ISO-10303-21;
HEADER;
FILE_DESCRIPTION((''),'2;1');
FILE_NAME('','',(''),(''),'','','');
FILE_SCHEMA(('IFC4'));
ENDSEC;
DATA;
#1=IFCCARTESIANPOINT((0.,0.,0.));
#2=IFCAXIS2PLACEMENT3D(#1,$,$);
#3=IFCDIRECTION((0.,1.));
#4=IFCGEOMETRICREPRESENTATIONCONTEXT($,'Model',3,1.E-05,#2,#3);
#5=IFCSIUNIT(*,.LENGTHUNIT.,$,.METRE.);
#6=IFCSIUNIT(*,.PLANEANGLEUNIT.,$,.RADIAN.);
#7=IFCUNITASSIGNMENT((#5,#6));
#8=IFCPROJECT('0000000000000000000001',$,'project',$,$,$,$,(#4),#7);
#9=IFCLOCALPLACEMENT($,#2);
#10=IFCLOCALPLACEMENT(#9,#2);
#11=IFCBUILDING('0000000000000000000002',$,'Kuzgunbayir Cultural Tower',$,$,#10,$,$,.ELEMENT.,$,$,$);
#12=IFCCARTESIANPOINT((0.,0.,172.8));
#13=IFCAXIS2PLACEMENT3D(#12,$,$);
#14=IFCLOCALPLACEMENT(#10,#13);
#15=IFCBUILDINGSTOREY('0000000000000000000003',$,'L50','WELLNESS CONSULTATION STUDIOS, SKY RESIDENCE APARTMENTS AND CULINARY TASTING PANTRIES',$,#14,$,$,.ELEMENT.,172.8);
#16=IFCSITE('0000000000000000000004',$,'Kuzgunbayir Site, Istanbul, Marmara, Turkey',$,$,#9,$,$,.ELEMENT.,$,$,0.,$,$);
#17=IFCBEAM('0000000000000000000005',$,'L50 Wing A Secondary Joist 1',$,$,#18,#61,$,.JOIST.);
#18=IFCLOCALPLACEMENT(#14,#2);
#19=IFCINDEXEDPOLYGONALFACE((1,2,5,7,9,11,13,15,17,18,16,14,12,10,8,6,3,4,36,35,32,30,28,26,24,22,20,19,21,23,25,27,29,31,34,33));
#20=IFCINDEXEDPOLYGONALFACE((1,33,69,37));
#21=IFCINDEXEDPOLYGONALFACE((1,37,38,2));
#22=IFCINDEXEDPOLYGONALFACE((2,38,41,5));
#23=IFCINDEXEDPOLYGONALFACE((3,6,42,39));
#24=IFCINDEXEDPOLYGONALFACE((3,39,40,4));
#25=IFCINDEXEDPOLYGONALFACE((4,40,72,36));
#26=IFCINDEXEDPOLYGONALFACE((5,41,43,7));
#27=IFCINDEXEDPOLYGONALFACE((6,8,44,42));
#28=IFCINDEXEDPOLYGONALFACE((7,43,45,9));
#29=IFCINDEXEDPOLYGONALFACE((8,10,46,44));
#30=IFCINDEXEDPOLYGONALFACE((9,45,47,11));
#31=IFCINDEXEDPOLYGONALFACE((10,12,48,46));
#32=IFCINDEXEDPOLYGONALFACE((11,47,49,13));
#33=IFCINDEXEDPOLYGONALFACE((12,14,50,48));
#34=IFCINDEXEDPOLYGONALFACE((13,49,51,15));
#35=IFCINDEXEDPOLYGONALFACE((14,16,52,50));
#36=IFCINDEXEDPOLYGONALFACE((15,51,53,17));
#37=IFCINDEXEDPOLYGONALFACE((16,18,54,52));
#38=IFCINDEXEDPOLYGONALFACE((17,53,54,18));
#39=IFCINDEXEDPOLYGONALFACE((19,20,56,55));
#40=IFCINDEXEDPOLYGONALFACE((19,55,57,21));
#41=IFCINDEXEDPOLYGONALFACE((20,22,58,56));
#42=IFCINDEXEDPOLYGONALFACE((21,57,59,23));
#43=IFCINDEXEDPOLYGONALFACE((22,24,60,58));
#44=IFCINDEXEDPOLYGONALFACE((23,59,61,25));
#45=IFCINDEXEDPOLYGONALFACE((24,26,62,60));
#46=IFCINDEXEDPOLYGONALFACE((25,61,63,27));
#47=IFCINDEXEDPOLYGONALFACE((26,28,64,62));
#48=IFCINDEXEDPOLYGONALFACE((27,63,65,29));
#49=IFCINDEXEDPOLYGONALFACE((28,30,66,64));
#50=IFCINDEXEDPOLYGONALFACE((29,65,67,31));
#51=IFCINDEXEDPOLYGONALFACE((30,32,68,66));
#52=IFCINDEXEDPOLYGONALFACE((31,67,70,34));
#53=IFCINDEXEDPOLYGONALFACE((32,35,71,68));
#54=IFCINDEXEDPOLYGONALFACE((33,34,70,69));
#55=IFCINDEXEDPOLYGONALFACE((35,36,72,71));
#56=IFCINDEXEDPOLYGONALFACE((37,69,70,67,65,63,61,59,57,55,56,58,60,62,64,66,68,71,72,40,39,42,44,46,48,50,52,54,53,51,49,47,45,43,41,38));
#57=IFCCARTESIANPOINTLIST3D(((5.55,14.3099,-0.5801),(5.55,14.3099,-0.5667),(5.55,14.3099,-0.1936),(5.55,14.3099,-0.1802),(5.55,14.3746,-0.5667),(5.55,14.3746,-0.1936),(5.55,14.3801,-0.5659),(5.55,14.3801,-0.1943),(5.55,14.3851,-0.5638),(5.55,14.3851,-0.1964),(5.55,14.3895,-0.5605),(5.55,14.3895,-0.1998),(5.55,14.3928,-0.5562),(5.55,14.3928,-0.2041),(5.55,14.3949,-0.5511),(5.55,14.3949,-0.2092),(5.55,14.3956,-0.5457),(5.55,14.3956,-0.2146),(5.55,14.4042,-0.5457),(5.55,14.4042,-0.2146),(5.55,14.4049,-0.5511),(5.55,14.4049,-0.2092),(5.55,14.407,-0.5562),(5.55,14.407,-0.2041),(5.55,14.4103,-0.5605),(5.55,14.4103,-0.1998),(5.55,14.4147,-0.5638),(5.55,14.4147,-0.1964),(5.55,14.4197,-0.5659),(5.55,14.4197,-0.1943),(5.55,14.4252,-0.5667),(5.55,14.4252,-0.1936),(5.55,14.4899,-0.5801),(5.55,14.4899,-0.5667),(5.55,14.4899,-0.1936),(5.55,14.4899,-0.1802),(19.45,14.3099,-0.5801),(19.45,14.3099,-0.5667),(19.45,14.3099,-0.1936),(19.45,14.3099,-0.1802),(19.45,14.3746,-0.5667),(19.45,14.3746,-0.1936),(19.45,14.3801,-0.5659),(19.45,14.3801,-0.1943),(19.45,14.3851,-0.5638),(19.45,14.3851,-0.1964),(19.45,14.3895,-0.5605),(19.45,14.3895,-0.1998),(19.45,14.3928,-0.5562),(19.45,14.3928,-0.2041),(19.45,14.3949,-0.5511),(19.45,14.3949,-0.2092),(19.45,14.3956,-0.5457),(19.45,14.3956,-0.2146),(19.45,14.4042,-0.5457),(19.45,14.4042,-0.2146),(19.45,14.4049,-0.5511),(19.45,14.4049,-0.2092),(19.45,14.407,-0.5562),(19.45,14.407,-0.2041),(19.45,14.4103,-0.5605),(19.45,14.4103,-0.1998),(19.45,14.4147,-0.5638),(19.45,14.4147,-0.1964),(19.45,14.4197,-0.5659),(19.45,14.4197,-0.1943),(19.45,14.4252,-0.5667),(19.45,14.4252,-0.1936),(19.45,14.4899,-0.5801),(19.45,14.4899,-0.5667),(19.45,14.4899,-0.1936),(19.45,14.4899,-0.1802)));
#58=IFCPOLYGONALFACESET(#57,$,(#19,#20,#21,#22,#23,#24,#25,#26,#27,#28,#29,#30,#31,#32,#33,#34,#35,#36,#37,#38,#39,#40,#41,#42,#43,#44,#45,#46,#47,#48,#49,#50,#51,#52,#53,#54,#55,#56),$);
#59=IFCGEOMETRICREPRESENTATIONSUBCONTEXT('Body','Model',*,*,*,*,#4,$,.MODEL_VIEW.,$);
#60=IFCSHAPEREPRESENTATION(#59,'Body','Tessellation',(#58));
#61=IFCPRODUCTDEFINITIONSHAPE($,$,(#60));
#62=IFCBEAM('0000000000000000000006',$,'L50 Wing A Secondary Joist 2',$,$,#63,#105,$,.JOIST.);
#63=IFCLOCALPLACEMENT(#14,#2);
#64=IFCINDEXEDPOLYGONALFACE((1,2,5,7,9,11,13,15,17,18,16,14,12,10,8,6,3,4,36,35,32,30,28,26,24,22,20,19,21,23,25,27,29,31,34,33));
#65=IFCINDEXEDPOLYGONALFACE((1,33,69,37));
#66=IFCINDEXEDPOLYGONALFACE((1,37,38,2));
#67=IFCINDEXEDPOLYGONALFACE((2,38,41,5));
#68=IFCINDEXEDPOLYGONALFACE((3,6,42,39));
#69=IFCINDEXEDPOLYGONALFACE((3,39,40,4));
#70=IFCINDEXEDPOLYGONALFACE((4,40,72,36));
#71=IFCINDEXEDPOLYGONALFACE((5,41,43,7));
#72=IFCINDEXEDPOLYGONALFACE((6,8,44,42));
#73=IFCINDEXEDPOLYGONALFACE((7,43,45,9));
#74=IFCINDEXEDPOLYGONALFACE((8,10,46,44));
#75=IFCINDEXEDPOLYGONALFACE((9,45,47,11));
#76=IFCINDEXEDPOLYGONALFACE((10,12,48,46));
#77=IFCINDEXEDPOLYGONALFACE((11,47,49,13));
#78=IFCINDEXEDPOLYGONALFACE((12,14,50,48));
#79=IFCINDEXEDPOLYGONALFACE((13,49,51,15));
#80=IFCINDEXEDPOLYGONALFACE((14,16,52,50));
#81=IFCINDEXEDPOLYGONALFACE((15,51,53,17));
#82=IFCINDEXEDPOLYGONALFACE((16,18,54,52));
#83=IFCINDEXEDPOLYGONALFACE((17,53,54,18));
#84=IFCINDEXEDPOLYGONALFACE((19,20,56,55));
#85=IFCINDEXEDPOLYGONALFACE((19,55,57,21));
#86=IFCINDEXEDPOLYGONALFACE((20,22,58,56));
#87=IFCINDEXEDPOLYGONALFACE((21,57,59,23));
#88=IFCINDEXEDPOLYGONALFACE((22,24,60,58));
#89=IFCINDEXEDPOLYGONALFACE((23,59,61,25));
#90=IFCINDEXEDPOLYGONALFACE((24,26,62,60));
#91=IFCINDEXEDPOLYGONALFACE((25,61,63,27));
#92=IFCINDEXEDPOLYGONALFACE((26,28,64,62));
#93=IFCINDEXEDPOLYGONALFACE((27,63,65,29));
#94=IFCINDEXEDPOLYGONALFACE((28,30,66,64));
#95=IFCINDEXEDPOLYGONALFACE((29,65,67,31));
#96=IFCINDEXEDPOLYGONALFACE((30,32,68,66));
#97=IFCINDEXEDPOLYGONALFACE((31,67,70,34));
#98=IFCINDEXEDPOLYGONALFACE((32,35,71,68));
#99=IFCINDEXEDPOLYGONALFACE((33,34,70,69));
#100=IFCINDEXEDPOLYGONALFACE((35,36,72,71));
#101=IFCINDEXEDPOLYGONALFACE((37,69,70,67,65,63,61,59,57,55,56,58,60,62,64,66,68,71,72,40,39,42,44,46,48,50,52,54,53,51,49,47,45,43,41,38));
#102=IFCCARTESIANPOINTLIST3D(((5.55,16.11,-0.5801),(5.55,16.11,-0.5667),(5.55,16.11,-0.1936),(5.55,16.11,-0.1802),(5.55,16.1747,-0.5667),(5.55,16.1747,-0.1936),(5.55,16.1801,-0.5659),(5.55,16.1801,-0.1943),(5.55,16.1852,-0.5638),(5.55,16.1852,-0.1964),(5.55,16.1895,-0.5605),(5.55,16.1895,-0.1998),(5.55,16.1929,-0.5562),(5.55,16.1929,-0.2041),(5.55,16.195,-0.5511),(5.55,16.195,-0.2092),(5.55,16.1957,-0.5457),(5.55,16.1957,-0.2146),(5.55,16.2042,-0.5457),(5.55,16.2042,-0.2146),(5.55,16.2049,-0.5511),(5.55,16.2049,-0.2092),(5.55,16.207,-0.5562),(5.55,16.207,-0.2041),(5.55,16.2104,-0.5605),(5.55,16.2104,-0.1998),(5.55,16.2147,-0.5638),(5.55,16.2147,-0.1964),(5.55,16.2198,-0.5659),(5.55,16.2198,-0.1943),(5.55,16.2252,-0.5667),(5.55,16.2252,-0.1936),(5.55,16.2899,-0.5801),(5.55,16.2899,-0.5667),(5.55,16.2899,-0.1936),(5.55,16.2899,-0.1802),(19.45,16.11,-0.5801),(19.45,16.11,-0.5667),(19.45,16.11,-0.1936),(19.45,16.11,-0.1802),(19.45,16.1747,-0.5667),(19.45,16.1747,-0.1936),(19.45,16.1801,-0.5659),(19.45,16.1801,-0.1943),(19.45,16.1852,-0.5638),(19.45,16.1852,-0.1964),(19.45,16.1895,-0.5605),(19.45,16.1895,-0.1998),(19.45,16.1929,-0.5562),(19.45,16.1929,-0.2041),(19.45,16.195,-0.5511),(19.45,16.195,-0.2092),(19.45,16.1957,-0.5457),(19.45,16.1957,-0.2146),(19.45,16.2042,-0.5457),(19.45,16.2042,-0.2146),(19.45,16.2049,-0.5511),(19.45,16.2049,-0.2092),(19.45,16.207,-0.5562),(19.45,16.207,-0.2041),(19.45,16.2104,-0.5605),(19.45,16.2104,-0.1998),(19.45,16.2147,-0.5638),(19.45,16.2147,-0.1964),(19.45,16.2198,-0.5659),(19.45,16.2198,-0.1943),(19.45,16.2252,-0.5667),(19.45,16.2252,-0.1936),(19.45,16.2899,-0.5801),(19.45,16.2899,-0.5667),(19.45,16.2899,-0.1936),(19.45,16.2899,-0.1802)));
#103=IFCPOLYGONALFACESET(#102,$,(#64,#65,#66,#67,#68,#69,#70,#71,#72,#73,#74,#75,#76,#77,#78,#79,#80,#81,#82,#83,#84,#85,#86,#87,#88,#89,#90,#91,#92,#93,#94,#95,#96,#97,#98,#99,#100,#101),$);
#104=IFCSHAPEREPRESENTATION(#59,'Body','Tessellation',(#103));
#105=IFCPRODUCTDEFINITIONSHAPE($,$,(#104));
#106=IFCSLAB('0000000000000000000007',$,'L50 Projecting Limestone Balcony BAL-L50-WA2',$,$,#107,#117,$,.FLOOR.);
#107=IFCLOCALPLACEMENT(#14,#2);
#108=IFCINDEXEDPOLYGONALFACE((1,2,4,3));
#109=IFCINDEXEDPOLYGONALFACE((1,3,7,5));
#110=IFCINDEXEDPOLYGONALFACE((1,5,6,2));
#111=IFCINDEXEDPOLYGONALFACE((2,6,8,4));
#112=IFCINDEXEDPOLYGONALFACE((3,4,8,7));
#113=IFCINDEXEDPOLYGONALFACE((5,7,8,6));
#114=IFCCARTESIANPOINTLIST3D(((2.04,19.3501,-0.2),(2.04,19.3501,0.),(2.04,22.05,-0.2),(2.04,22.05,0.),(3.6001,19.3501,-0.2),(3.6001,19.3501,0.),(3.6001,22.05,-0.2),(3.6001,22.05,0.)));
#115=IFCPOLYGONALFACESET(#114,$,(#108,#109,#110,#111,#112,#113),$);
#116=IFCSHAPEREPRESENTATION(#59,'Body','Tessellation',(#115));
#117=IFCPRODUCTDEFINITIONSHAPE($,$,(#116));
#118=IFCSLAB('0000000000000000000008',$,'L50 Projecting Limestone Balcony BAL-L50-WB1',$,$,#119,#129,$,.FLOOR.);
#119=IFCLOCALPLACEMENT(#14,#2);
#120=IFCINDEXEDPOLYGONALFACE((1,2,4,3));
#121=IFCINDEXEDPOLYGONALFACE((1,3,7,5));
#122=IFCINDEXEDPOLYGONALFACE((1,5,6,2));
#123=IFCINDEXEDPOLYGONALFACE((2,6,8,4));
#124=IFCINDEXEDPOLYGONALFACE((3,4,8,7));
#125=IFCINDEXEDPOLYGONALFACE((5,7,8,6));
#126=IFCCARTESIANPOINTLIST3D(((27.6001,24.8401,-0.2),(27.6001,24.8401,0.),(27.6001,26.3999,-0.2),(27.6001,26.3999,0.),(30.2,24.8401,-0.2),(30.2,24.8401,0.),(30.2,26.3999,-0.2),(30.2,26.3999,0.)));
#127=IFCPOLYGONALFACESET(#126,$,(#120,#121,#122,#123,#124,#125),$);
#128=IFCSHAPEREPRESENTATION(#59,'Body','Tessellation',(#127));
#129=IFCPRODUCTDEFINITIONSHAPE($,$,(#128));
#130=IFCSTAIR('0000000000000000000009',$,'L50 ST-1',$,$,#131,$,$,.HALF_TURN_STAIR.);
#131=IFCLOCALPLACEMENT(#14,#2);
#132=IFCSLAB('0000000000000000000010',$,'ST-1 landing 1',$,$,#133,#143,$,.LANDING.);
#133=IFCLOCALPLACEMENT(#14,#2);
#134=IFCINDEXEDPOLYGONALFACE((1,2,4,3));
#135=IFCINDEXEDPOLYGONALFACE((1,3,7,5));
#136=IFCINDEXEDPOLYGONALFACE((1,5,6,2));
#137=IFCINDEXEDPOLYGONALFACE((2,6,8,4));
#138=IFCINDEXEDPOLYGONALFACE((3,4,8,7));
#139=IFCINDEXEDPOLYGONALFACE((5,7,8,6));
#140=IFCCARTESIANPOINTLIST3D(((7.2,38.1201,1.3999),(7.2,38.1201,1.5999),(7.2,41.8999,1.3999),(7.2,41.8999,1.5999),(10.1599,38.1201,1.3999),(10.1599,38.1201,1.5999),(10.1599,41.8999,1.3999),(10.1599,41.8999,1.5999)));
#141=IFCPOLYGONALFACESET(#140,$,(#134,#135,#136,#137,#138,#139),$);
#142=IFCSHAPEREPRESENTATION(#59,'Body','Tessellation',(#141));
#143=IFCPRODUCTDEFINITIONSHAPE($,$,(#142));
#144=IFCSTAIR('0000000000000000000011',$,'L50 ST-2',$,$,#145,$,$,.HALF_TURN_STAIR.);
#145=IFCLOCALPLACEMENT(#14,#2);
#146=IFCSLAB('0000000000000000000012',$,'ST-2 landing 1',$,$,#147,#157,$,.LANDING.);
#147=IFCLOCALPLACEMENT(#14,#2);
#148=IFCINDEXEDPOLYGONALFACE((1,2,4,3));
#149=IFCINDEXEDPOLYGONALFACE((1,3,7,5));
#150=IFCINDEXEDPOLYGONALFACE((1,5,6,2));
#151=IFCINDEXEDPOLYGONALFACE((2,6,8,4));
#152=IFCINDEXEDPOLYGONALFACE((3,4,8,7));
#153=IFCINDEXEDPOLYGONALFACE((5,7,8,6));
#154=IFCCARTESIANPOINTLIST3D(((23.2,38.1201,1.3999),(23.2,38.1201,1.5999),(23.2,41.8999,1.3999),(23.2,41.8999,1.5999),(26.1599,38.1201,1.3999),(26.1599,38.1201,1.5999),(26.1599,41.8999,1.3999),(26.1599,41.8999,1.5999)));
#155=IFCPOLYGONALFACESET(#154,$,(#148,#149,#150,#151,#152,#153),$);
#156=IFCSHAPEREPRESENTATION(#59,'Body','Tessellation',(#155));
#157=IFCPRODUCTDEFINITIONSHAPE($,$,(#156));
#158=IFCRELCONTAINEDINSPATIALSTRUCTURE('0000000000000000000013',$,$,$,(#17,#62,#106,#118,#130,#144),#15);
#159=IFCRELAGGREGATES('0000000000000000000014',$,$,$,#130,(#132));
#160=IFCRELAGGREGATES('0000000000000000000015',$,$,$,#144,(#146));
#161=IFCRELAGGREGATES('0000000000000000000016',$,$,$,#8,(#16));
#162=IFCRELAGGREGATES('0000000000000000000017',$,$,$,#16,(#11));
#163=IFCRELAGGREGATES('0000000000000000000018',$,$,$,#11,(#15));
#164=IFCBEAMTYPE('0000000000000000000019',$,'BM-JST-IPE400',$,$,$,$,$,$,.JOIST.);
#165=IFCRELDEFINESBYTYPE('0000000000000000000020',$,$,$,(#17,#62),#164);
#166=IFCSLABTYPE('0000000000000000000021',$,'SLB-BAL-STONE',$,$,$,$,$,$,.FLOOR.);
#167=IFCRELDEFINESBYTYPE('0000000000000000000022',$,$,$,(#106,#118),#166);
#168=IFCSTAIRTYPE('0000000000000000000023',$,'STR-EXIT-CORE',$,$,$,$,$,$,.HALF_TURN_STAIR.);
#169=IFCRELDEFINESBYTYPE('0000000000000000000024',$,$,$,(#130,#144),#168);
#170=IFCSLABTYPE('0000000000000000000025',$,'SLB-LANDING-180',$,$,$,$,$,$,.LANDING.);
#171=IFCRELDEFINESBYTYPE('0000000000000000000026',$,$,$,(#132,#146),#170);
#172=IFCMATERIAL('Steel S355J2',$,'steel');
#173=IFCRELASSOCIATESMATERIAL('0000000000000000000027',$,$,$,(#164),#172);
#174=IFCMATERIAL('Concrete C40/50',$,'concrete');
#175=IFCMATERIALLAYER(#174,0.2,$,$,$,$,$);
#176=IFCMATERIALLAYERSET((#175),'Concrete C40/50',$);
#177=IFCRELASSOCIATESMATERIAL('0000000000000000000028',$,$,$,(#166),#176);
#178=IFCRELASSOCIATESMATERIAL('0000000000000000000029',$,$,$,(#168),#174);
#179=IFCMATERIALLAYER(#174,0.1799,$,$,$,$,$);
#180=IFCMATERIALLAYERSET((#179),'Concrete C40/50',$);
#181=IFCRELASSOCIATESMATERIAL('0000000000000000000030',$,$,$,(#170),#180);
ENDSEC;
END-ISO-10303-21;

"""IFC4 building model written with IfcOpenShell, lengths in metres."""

from ifc_helpers import new_model, si_unit, direction, frame, origin, origin_2d, place, context, subcontext, project, spatial, polyline, i_section, outline, extrude, material, layer, layer_set, material_profile, profile_set, type_object, element, aggregate, save


model = new_model("IFC4")

# Units and contexts
model_context = context("Model", 3, precision=1e-05, world=origin(), true_north=direction((0.0, 1.0)))
body_context = subcontext(model_context, "Body", "Model", "MODEL_VIEW")
ifc_project = project(units=[si_unit("LENGTHUNIT", "METRE"), si_unit("PLANEANGLEUNIT", "RADIAN")], contexts=[model_context])

# Site, building, storey
site_placement = place(None, origin())
site = spatial("IfcSite", under=ifc_project, at=site_placement, Name="Kuzgunbayir Site, Istanbul, Marmara, Turkey", CompositionType="ELEMENT", RefElevation=0.0)
building_placement = place(site_placement, origin())
building = spatial("IfcBuilding", under=site, at=building_placement, Name="Kuzgunbayir Cultural Tower", CompositionType="ELEMENT")
storey_placement = place(building_placement, frame((0.0, 0.0, 172.8)))
storey = spatial("IfcBuildingStorey", under=building, at=storey_placement, Name="L50", Description="WELLNESS CONSULTATION STUDIOS, SKY RESIDENCE APARTMENTS AND CULINARY TASTING PANTRIES", CompositionType="ELEMENT", Elevation=172.8)

# Beams
ifc_material_1 = material(Name="Steel S355J2", Category="steel")
ifc_material_profile_1 = material_profile(ifc_material_1, i_section(OverallWidth=0.1799, OverallDepth=0.3999, WebThickness=0.0085, FlangeThickness=0.0134, FilletRadius=0.021, at=origin_2d()), Name="IPE 400")
ifc_profile_set_1 = profile_set([ifc_material_profile_1], Name="Steel S355J2")
beam_type_1 = type_object("IfcBeamType", Name="BM-JST-IPE400", PredefinedType="JOIST", material=ifc_profile_set_1)
for number, where, z_axis, x_axis, name in (
    (1, (5.55, 14.3999, -0.3801), (1.0, 0.0, 0.0), (0.0, 1.0, 0.0), "L50 Wing A Secondary Joist 1"),
    (2, (5.55, 16.2, -0.3801), (1.0, 0.0, 0.0), (0.0, 1.0, 0.0), "L50 Wing A Secondary Joist 2"),
):
    element("IfcBeam", number, at=place(storey_placement, frame(where, z_axis=z_axis, x_axis=x_axis)), inside=storey, type_object=beam_type_1, Name=name, PredefinedType="JOIST", context=body_context, shape_type="SweptSolid", body=[
        extrude(i_section(OverallWidth=0.1799, OverallDepth=0.3999, WebThickness=0.0085, FlangeThickness=0.0134, FilletRadius=0.021, at=origin_2d()), origin(), (0.0, 0.0, 1.0), 13.8999),
    ])

# Slabs
ifc_material_2 = material(Name="Concrete C40/50", Category="concrete")
ifc_layer_1 = layer(ifc_material_2, 0.2)
ifc_layer_set_1 = layer_set([ifc_layer_1], Name="Concrete C40/50")
slab_type_1 = type_object("IfcSlabType", Name="SLB-BAL-STONE", PredefinedType="FLOOR", material=ifc_layer_set_1)
slab_1_placement = place(storey_placement, frame((0.0, 0.0, -0.2)))
element("IfcSlab", 3, at=slab_1_placement, inside=storey, type_object=slab_type_1, Name="L50 Projecting Limestone Balcony BAL-L50-WA2", PredefinedType="FLOOR", context=body_context, shape_type="SweptSolid", body=[
    extrude(outline(polyline([(2.04, 19.3501), (3.6001, 19.3501), (3.6001, 22.05), (2.04, 22.05), (2.04, 19.3501)])), origin(), (0.0, 0.0, 1.0), 0.2),
])
slab_2_placement = place(storey_placement, frame((0.0, 0.0, -0.2)))
element("IfcSlab", 4, at=slab_2_placement, inside=storey, type_object=slab_type_1, Name="L50 Projecting Limestone Balcony BAL-L50-WB1", PredefinedType="FLOOR", context=body_context, shape_type="SweptSolid", body=[
    extrude(outline(polyline([(27.6001, 24.8401), (30.2, 24.8401), (30.2, 26.3999), (27.6001, 26.3999), (27.6001, 24.8401)])), origin(), (0.0, 0.0, 1.0), 0.2),
])

# Stairs, slabs
stair_type = type_object("IfcStairType", Name="STR-EXIT-CORE", PredefinedType="HALF_TURN_STAIR", material=ifc_material_2)
stair_1_placement = place(storey_placement, origin())
stair_1 = element("IfcStair", 5, at=stair_1_placement, inside=storey, type_object=stair_type, Name="L50 ST-1", PredefinedType="HALF_TURN_STAIR")
ifc_layer_2 = layer(ifc_material_2, 0.1799)
ifc_layer_set_2 = layer_set([ifc_layer_2], Name="Concrete C40/50")
slab_type_2 = type_object("IfcSlabType", Name="SLB-LANDING-180", PredefinedType="LANDING", material=ifc_layer_set_2)
slab_3_placement = place(storey_placement, frame((0.0, 0.0, 1.3999)))
slab_3 = element("IfcSlab", 6, at=slab_3_placement, type_object=slab_type_2, Name="ST-1 landing 1", PredefinedType="LANDING", context=body_context, shape_type="SweptSolid", body=[
    extrude(outline(polyline([(10.1599, 38.1201), (10.1599, 41.8999), (7.2, 41.8999), (7.2, 38.1201), (10.1599, 38.1201)])), origin(), (0.0, 0.0, 1.0), 0.2),
])
aggregate(stair_1, [slab_3])
stair_2_placement = place(storey_placement, origin())
stair_2 = element("IfcStair", 7, at=stair_2_placement, inside=storey, type_object=stair_type, Name="L50 ST-2", PredefinedType="HALF_TURN_STAIR")
slab_4_placement = place(storey_placement, frame((0.0, 0.0, 1.3999)))
slab_4 = element("IfcSlab", 8, at=slab_4_placement, type_object=slab_type_2, Name="ST-2 landing 1", PredefinedType="LANDING", context=body_context, shape_type="SweptSolid", body=[
    extrude(outline(polyline([(26.1599, 38.1201), (26.1599, 41.8999), (23.2, 41.8999), (23.2, 38.1201), (26.1599, 38.1201)])), origin(), (0.0, 0.0, 1.0), 0.2),
])
aggregate(stair_2, [slab_4])

save(model, "model.ifc")
